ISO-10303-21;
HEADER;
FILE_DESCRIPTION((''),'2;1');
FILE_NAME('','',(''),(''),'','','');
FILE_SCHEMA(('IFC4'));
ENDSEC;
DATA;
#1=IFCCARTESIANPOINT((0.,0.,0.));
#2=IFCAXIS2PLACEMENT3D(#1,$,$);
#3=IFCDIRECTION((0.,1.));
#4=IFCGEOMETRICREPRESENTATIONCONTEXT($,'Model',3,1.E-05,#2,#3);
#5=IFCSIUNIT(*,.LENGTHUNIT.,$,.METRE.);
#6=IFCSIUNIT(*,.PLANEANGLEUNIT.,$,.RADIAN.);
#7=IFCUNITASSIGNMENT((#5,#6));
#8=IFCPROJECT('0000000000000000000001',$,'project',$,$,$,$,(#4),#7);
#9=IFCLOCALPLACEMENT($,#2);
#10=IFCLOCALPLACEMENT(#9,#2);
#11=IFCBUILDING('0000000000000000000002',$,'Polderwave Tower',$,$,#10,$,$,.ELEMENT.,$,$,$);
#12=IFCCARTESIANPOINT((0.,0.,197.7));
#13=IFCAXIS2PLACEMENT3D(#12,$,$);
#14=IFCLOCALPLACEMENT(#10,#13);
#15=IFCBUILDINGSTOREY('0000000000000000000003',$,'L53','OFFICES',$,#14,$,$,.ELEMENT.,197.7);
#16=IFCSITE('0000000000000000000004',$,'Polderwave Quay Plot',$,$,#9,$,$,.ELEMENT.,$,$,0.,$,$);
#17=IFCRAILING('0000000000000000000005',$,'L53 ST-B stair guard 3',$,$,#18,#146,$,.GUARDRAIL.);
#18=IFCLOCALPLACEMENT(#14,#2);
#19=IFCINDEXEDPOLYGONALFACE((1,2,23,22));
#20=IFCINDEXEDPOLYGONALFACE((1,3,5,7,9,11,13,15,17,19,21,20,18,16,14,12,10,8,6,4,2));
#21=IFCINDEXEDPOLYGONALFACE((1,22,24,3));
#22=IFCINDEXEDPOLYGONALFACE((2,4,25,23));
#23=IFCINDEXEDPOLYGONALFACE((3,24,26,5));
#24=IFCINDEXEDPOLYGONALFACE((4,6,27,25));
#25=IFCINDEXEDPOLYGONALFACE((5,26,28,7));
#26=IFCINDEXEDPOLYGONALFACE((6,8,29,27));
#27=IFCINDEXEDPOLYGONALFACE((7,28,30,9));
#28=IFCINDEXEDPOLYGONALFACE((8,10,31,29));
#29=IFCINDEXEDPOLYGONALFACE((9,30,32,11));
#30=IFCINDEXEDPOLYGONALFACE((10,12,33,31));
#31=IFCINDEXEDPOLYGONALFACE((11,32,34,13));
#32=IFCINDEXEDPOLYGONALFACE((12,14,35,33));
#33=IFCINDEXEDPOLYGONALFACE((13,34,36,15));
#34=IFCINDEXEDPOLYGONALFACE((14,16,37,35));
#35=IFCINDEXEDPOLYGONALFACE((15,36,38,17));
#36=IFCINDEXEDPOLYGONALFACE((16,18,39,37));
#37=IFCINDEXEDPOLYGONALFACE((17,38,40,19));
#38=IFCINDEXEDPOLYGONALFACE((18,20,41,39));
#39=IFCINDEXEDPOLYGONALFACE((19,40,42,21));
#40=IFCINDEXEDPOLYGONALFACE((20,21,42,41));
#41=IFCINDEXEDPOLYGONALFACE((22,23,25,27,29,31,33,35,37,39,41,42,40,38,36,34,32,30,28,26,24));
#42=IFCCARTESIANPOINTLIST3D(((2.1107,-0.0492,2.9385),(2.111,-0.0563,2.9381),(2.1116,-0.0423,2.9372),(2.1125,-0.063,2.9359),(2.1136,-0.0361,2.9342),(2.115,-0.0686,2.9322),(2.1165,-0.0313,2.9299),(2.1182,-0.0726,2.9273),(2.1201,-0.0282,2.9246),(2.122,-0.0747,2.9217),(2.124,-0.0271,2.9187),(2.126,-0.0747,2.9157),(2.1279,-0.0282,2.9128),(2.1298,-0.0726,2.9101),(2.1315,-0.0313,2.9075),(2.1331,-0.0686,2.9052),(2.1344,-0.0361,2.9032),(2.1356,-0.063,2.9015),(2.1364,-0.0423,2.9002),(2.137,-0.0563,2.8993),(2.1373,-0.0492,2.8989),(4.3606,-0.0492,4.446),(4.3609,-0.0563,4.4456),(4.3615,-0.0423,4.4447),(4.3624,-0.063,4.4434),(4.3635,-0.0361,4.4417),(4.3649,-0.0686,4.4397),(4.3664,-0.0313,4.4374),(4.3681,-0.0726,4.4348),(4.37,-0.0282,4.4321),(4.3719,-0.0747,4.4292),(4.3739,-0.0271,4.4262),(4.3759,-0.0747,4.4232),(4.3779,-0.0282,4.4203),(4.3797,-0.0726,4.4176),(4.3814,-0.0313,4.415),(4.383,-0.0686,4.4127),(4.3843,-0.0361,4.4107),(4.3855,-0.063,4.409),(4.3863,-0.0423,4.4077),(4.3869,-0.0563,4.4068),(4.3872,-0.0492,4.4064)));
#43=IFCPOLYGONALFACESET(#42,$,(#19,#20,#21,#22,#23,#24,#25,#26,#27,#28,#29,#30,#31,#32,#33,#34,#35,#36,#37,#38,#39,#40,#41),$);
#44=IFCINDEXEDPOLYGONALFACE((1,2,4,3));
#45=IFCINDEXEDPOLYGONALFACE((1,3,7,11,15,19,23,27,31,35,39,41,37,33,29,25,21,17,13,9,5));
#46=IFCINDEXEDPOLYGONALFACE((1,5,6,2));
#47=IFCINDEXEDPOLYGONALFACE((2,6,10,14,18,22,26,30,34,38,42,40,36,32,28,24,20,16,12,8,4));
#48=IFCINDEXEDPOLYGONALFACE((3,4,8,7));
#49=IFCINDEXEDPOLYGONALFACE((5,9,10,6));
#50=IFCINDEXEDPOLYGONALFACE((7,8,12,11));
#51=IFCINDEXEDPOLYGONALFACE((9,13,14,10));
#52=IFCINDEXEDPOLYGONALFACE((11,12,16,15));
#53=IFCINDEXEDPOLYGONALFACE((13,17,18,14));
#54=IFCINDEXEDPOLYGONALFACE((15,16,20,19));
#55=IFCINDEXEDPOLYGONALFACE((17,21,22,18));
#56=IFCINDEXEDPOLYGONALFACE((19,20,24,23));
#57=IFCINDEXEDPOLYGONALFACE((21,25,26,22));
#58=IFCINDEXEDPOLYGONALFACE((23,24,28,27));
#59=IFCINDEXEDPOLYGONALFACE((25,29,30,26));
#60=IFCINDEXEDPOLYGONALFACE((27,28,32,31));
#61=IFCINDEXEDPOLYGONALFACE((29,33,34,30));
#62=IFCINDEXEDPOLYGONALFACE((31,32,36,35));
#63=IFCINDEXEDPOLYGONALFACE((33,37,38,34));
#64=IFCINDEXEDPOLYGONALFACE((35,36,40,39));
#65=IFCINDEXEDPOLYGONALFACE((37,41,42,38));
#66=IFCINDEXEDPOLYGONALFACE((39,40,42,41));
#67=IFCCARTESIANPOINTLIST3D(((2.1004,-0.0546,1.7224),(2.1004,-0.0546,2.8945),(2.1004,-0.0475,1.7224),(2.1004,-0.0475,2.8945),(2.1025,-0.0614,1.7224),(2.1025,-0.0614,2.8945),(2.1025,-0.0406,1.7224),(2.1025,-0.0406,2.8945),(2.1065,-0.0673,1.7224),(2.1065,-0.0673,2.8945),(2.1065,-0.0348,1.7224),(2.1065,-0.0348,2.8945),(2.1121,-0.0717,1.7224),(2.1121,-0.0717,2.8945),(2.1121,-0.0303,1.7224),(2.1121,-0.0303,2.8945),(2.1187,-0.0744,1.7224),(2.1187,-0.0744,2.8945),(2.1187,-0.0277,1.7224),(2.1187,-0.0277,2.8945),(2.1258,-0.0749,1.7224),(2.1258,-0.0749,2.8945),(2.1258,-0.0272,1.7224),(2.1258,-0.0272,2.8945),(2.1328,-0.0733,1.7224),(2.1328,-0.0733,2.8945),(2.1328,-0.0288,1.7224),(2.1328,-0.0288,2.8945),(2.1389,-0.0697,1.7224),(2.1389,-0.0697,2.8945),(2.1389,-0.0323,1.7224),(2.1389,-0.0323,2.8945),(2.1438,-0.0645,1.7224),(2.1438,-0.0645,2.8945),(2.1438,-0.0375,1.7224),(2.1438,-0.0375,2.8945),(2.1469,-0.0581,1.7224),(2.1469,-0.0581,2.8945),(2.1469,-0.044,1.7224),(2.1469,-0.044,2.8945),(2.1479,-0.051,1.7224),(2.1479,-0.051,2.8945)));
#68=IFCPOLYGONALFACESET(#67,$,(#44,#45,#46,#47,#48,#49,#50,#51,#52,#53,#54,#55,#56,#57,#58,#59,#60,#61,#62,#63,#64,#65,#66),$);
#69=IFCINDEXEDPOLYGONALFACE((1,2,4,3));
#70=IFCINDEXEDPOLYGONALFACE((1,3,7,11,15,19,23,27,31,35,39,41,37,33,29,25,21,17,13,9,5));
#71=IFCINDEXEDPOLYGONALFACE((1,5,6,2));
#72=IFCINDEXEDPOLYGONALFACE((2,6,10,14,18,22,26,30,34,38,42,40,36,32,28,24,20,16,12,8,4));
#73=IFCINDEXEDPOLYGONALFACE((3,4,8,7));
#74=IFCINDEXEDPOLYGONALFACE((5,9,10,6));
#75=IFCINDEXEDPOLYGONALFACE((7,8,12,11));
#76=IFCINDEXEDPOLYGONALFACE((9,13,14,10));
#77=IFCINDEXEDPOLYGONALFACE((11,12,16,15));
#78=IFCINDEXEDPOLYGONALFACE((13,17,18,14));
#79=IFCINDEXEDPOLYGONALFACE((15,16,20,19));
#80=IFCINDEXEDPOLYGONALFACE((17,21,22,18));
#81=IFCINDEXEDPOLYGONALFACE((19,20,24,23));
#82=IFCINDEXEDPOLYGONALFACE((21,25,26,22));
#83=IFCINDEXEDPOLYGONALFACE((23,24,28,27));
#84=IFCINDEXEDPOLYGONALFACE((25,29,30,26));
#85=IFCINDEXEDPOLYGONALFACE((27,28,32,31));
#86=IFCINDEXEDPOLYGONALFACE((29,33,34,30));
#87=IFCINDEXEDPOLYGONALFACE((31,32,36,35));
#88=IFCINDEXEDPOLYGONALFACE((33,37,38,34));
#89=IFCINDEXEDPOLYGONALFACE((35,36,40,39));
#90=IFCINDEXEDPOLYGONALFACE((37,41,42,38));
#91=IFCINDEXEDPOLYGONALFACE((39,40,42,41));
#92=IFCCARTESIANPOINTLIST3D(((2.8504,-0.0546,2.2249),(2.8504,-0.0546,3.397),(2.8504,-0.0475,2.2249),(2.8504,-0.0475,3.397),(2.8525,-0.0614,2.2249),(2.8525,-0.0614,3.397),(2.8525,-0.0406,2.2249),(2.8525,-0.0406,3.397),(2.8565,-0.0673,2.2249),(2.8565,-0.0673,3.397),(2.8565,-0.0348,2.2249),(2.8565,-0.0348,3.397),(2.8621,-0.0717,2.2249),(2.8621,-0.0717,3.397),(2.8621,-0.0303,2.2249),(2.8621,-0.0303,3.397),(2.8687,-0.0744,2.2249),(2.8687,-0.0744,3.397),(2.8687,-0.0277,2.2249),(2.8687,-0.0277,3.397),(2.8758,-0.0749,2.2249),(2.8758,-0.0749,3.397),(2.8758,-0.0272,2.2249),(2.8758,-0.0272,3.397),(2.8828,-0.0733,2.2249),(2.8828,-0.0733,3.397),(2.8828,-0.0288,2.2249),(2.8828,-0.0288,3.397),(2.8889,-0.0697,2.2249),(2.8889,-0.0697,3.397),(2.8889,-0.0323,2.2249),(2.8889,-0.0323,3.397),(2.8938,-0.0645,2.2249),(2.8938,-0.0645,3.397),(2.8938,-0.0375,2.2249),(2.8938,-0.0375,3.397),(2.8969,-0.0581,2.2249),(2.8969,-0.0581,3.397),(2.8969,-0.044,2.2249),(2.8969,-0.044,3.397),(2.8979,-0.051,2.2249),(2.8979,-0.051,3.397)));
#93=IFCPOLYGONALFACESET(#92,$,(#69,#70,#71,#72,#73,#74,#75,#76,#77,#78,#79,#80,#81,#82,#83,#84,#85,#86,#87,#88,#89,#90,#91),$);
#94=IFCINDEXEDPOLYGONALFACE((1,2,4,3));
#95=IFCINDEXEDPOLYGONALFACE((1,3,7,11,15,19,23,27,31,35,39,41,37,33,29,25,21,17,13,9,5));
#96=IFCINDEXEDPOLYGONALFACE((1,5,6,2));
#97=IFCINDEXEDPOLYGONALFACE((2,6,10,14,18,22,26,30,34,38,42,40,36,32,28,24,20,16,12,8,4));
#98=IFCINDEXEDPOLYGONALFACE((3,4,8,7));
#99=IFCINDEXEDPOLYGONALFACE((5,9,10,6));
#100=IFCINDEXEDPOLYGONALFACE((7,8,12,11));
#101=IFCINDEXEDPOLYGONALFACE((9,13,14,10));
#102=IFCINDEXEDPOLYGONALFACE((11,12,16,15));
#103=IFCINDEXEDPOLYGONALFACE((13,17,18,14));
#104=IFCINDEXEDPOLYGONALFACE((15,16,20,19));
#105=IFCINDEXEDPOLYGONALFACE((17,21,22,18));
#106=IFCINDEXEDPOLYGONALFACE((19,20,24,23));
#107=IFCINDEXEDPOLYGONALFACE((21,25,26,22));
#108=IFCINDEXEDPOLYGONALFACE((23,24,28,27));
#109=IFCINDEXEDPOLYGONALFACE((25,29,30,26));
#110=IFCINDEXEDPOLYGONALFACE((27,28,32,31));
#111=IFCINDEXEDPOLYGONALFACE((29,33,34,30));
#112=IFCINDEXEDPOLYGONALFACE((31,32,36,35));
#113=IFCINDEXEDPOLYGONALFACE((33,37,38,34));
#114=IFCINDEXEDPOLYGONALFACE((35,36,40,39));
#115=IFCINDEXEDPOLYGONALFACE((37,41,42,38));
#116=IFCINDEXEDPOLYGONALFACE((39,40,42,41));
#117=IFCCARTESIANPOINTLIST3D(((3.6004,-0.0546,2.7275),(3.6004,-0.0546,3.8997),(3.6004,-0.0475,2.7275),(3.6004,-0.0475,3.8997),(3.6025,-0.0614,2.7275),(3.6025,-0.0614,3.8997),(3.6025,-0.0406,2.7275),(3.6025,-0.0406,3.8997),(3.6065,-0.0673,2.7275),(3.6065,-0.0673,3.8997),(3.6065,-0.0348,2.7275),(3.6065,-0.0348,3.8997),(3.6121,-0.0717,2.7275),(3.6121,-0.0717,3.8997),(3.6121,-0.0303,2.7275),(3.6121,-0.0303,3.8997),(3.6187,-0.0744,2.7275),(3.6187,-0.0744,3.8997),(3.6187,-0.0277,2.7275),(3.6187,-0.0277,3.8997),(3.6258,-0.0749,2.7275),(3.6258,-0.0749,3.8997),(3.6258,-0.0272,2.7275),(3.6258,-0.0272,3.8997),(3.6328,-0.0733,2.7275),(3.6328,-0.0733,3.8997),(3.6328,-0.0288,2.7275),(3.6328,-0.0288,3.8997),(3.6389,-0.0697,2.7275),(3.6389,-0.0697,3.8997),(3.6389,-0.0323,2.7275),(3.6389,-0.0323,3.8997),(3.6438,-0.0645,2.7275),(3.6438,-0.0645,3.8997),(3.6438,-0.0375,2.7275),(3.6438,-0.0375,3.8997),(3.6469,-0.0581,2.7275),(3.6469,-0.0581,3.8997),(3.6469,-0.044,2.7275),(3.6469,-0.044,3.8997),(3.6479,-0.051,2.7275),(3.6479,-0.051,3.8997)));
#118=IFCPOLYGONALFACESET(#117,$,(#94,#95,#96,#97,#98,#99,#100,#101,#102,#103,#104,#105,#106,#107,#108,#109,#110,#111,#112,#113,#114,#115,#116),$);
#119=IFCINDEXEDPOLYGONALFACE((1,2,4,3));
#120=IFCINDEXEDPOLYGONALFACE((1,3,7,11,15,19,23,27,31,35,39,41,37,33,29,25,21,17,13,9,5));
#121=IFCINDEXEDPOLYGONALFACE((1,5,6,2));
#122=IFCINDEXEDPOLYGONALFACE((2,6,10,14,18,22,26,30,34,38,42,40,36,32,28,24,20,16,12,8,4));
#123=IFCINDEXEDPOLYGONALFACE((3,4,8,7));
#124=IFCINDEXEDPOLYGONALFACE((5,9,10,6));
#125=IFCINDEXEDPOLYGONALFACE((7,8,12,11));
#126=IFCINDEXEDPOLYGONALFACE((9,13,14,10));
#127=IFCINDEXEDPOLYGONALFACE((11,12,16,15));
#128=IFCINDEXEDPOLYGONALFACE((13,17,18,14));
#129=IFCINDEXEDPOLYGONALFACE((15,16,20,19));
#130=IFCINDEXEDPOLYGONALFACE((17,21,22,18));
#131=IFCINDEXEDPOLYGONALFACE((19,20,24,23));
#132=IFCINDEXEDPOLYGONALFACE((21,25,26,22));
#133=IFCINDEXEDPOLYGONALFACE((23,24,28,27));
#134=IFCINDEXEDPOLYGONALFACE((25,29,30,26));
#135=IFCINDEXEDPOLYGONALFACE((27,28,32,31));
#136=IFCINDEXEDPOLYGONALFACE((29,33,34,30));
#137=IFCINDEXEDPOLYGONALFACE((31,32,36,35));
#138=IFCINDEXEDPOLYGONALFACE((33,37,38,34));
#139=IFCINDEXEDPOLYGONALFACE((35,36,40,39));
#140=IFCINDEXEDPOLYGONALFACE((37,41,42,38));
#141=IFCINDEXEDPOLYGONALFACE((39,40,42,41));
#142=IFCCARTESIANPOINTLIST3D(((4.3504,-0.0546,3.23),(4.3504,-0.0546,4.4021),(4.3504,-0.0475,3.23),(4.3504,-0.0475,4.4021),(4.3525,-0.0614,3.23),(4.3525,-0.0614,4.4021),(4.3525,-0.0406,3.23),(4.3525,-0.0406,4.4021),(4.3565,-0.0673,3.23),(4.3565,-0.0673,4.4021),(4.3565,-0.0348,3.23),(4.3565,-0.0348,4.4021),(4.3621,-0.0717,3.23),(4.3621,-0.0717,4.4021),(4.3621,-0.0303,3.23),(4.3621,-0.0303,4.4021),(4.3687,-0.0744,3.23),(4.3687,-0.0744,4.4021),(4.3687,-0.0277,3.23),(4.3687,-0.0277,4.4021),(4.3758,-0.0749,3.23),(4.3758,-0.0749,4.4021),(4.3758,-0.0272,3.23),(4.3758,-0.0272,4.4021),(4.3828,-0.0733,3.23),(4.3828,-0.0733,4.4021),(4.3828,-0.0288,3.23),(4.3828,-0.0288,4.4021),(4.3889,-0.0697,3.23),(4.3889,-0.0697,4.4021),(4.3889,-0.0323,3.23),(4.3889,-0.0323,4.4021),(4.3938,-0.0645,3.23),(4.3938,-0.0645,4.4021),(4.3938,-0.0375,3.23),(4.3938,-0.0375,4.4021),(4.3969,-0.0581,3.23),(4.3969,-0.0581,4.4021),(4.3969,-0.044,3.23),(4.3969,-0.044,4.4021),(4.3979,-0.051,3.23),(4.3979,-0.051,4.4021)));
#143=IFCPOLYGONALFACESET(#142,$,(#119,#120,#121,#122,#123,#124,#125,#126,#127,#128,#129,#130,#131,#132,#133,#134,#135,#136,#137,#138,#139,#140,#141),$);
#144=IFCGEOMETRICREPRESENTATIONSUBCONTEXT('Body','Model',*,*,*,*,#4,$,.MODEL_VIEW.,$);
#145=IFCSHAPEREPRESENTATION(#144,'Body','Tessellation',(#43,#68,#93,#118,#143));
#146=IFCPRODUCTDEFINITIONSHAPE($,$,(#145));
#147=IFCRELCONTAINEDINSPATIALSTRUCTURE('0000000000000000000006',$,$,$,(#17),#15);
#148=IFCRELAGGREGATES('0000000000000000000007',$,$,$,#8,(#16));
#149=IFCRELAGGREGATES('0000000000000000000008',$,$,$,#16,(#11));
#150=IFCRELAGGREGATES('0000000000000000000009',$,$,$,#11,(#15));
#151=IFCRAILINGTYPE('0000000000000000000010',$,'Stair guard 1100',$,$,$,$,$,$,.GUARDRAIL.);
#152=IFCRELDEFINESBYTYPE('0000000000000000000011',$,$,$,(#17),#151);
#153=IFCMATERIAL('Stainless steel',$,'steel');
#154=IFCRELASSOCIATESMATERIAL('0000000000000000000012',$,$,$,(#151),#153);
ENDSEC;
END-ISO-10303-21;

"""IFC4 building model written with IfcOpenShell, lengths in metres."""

from ifc_helpers import new_model, si_unit, direction, frame, origin, origin_2d, place, context, subcontext, project, spatial, circle, extrude, material, type_object, element, save


model = new_model("IFC4")

# Units and contexts
model_context = context("Model", 3, precision=1e-05, world=origin(), true_north=direction((0.0, 1.0)))
body_context = subcontext(model_context, "Body", "Model", "MODEL_VIEW")
ifc_project = project(units=[si_unit("LENGTHUNIT", "METRE"), si_unit("PLANEANGLEUNIT", "RADIAN")], contexts=[model_context])

# Site, building, storey
site_placement = place(None, origin())
site = spatial("IfcSite", under=ifc_project, at=site_placement, Name="Polderwave Quay Plot", CompositionType="ELEMENT", RefElevation=0.0)
building_placement = place(site_placement, origin())
building = spatial("IfcBuilding", under=site, at=building_placement, Name="Polderwave Tower", CompositionType="ELEMENT")
storey_placement = place(building_placement, frame((0.0, 0.0, 197.7)))
storey = spatial("IfcBuildingStorey", under=building, at=storey_placement, Name="L53", Description="OFFICES", CompositionType="ELEMENT", Elevation=197.7)

# Railing
ifc_material_1 = material(Name="Stainless steel", Category="steel")
railing_type_1 = type_object("IfcRailingType", Name="Stair guard 1100", PredefinedType="GUARDRAIL", material=ifc_material_1)
railing_1_placement = place(storey_placement, frame((2.124, -0.051, 1.7224)))
element("IfcRailing", 1, at=railing_1_placement, inside=storey, type_object=railing_type_1, Name="L53 ST-B stair guard 3", PredefinedType="GUARDRAIL", context=body_context, shape_type="SweptSolid", body=[
    extrude(circle(Radius=0.0239, at=origin_2d()), frame((0.0, 0.0, 1.1963), z_axis=(0.830758, 0.0, 0.556633), x_axis=(0.0, 1.0, 0.0)), (0.0, 0.0, 1.0), 2.7083),
    extrude(circle(Radius=0.0239, at=origin_2d()), origin(), (0.0, 0.0, 1.0), 1.1721),
    extrude(circle(Radius=0.0239, at=origin_2d()), frame((0.75, 0.0, 0.5024)), (0.0, 0.0, 1.0), 1.1721),
    extrude(circle(Radius=0.0239, at=origin_2d()), frame((1.5, 0.0, 1.0051)), (0.0, 0.0, 1.0), 1.1721),
    extrude(circle(Radius=0.0239, at=origin_2d()), frame((2.25, 0.0, 1.5076)), (0.0, 0.0, 1.0), 1.1721),
])

save(model, "model.ifc")
